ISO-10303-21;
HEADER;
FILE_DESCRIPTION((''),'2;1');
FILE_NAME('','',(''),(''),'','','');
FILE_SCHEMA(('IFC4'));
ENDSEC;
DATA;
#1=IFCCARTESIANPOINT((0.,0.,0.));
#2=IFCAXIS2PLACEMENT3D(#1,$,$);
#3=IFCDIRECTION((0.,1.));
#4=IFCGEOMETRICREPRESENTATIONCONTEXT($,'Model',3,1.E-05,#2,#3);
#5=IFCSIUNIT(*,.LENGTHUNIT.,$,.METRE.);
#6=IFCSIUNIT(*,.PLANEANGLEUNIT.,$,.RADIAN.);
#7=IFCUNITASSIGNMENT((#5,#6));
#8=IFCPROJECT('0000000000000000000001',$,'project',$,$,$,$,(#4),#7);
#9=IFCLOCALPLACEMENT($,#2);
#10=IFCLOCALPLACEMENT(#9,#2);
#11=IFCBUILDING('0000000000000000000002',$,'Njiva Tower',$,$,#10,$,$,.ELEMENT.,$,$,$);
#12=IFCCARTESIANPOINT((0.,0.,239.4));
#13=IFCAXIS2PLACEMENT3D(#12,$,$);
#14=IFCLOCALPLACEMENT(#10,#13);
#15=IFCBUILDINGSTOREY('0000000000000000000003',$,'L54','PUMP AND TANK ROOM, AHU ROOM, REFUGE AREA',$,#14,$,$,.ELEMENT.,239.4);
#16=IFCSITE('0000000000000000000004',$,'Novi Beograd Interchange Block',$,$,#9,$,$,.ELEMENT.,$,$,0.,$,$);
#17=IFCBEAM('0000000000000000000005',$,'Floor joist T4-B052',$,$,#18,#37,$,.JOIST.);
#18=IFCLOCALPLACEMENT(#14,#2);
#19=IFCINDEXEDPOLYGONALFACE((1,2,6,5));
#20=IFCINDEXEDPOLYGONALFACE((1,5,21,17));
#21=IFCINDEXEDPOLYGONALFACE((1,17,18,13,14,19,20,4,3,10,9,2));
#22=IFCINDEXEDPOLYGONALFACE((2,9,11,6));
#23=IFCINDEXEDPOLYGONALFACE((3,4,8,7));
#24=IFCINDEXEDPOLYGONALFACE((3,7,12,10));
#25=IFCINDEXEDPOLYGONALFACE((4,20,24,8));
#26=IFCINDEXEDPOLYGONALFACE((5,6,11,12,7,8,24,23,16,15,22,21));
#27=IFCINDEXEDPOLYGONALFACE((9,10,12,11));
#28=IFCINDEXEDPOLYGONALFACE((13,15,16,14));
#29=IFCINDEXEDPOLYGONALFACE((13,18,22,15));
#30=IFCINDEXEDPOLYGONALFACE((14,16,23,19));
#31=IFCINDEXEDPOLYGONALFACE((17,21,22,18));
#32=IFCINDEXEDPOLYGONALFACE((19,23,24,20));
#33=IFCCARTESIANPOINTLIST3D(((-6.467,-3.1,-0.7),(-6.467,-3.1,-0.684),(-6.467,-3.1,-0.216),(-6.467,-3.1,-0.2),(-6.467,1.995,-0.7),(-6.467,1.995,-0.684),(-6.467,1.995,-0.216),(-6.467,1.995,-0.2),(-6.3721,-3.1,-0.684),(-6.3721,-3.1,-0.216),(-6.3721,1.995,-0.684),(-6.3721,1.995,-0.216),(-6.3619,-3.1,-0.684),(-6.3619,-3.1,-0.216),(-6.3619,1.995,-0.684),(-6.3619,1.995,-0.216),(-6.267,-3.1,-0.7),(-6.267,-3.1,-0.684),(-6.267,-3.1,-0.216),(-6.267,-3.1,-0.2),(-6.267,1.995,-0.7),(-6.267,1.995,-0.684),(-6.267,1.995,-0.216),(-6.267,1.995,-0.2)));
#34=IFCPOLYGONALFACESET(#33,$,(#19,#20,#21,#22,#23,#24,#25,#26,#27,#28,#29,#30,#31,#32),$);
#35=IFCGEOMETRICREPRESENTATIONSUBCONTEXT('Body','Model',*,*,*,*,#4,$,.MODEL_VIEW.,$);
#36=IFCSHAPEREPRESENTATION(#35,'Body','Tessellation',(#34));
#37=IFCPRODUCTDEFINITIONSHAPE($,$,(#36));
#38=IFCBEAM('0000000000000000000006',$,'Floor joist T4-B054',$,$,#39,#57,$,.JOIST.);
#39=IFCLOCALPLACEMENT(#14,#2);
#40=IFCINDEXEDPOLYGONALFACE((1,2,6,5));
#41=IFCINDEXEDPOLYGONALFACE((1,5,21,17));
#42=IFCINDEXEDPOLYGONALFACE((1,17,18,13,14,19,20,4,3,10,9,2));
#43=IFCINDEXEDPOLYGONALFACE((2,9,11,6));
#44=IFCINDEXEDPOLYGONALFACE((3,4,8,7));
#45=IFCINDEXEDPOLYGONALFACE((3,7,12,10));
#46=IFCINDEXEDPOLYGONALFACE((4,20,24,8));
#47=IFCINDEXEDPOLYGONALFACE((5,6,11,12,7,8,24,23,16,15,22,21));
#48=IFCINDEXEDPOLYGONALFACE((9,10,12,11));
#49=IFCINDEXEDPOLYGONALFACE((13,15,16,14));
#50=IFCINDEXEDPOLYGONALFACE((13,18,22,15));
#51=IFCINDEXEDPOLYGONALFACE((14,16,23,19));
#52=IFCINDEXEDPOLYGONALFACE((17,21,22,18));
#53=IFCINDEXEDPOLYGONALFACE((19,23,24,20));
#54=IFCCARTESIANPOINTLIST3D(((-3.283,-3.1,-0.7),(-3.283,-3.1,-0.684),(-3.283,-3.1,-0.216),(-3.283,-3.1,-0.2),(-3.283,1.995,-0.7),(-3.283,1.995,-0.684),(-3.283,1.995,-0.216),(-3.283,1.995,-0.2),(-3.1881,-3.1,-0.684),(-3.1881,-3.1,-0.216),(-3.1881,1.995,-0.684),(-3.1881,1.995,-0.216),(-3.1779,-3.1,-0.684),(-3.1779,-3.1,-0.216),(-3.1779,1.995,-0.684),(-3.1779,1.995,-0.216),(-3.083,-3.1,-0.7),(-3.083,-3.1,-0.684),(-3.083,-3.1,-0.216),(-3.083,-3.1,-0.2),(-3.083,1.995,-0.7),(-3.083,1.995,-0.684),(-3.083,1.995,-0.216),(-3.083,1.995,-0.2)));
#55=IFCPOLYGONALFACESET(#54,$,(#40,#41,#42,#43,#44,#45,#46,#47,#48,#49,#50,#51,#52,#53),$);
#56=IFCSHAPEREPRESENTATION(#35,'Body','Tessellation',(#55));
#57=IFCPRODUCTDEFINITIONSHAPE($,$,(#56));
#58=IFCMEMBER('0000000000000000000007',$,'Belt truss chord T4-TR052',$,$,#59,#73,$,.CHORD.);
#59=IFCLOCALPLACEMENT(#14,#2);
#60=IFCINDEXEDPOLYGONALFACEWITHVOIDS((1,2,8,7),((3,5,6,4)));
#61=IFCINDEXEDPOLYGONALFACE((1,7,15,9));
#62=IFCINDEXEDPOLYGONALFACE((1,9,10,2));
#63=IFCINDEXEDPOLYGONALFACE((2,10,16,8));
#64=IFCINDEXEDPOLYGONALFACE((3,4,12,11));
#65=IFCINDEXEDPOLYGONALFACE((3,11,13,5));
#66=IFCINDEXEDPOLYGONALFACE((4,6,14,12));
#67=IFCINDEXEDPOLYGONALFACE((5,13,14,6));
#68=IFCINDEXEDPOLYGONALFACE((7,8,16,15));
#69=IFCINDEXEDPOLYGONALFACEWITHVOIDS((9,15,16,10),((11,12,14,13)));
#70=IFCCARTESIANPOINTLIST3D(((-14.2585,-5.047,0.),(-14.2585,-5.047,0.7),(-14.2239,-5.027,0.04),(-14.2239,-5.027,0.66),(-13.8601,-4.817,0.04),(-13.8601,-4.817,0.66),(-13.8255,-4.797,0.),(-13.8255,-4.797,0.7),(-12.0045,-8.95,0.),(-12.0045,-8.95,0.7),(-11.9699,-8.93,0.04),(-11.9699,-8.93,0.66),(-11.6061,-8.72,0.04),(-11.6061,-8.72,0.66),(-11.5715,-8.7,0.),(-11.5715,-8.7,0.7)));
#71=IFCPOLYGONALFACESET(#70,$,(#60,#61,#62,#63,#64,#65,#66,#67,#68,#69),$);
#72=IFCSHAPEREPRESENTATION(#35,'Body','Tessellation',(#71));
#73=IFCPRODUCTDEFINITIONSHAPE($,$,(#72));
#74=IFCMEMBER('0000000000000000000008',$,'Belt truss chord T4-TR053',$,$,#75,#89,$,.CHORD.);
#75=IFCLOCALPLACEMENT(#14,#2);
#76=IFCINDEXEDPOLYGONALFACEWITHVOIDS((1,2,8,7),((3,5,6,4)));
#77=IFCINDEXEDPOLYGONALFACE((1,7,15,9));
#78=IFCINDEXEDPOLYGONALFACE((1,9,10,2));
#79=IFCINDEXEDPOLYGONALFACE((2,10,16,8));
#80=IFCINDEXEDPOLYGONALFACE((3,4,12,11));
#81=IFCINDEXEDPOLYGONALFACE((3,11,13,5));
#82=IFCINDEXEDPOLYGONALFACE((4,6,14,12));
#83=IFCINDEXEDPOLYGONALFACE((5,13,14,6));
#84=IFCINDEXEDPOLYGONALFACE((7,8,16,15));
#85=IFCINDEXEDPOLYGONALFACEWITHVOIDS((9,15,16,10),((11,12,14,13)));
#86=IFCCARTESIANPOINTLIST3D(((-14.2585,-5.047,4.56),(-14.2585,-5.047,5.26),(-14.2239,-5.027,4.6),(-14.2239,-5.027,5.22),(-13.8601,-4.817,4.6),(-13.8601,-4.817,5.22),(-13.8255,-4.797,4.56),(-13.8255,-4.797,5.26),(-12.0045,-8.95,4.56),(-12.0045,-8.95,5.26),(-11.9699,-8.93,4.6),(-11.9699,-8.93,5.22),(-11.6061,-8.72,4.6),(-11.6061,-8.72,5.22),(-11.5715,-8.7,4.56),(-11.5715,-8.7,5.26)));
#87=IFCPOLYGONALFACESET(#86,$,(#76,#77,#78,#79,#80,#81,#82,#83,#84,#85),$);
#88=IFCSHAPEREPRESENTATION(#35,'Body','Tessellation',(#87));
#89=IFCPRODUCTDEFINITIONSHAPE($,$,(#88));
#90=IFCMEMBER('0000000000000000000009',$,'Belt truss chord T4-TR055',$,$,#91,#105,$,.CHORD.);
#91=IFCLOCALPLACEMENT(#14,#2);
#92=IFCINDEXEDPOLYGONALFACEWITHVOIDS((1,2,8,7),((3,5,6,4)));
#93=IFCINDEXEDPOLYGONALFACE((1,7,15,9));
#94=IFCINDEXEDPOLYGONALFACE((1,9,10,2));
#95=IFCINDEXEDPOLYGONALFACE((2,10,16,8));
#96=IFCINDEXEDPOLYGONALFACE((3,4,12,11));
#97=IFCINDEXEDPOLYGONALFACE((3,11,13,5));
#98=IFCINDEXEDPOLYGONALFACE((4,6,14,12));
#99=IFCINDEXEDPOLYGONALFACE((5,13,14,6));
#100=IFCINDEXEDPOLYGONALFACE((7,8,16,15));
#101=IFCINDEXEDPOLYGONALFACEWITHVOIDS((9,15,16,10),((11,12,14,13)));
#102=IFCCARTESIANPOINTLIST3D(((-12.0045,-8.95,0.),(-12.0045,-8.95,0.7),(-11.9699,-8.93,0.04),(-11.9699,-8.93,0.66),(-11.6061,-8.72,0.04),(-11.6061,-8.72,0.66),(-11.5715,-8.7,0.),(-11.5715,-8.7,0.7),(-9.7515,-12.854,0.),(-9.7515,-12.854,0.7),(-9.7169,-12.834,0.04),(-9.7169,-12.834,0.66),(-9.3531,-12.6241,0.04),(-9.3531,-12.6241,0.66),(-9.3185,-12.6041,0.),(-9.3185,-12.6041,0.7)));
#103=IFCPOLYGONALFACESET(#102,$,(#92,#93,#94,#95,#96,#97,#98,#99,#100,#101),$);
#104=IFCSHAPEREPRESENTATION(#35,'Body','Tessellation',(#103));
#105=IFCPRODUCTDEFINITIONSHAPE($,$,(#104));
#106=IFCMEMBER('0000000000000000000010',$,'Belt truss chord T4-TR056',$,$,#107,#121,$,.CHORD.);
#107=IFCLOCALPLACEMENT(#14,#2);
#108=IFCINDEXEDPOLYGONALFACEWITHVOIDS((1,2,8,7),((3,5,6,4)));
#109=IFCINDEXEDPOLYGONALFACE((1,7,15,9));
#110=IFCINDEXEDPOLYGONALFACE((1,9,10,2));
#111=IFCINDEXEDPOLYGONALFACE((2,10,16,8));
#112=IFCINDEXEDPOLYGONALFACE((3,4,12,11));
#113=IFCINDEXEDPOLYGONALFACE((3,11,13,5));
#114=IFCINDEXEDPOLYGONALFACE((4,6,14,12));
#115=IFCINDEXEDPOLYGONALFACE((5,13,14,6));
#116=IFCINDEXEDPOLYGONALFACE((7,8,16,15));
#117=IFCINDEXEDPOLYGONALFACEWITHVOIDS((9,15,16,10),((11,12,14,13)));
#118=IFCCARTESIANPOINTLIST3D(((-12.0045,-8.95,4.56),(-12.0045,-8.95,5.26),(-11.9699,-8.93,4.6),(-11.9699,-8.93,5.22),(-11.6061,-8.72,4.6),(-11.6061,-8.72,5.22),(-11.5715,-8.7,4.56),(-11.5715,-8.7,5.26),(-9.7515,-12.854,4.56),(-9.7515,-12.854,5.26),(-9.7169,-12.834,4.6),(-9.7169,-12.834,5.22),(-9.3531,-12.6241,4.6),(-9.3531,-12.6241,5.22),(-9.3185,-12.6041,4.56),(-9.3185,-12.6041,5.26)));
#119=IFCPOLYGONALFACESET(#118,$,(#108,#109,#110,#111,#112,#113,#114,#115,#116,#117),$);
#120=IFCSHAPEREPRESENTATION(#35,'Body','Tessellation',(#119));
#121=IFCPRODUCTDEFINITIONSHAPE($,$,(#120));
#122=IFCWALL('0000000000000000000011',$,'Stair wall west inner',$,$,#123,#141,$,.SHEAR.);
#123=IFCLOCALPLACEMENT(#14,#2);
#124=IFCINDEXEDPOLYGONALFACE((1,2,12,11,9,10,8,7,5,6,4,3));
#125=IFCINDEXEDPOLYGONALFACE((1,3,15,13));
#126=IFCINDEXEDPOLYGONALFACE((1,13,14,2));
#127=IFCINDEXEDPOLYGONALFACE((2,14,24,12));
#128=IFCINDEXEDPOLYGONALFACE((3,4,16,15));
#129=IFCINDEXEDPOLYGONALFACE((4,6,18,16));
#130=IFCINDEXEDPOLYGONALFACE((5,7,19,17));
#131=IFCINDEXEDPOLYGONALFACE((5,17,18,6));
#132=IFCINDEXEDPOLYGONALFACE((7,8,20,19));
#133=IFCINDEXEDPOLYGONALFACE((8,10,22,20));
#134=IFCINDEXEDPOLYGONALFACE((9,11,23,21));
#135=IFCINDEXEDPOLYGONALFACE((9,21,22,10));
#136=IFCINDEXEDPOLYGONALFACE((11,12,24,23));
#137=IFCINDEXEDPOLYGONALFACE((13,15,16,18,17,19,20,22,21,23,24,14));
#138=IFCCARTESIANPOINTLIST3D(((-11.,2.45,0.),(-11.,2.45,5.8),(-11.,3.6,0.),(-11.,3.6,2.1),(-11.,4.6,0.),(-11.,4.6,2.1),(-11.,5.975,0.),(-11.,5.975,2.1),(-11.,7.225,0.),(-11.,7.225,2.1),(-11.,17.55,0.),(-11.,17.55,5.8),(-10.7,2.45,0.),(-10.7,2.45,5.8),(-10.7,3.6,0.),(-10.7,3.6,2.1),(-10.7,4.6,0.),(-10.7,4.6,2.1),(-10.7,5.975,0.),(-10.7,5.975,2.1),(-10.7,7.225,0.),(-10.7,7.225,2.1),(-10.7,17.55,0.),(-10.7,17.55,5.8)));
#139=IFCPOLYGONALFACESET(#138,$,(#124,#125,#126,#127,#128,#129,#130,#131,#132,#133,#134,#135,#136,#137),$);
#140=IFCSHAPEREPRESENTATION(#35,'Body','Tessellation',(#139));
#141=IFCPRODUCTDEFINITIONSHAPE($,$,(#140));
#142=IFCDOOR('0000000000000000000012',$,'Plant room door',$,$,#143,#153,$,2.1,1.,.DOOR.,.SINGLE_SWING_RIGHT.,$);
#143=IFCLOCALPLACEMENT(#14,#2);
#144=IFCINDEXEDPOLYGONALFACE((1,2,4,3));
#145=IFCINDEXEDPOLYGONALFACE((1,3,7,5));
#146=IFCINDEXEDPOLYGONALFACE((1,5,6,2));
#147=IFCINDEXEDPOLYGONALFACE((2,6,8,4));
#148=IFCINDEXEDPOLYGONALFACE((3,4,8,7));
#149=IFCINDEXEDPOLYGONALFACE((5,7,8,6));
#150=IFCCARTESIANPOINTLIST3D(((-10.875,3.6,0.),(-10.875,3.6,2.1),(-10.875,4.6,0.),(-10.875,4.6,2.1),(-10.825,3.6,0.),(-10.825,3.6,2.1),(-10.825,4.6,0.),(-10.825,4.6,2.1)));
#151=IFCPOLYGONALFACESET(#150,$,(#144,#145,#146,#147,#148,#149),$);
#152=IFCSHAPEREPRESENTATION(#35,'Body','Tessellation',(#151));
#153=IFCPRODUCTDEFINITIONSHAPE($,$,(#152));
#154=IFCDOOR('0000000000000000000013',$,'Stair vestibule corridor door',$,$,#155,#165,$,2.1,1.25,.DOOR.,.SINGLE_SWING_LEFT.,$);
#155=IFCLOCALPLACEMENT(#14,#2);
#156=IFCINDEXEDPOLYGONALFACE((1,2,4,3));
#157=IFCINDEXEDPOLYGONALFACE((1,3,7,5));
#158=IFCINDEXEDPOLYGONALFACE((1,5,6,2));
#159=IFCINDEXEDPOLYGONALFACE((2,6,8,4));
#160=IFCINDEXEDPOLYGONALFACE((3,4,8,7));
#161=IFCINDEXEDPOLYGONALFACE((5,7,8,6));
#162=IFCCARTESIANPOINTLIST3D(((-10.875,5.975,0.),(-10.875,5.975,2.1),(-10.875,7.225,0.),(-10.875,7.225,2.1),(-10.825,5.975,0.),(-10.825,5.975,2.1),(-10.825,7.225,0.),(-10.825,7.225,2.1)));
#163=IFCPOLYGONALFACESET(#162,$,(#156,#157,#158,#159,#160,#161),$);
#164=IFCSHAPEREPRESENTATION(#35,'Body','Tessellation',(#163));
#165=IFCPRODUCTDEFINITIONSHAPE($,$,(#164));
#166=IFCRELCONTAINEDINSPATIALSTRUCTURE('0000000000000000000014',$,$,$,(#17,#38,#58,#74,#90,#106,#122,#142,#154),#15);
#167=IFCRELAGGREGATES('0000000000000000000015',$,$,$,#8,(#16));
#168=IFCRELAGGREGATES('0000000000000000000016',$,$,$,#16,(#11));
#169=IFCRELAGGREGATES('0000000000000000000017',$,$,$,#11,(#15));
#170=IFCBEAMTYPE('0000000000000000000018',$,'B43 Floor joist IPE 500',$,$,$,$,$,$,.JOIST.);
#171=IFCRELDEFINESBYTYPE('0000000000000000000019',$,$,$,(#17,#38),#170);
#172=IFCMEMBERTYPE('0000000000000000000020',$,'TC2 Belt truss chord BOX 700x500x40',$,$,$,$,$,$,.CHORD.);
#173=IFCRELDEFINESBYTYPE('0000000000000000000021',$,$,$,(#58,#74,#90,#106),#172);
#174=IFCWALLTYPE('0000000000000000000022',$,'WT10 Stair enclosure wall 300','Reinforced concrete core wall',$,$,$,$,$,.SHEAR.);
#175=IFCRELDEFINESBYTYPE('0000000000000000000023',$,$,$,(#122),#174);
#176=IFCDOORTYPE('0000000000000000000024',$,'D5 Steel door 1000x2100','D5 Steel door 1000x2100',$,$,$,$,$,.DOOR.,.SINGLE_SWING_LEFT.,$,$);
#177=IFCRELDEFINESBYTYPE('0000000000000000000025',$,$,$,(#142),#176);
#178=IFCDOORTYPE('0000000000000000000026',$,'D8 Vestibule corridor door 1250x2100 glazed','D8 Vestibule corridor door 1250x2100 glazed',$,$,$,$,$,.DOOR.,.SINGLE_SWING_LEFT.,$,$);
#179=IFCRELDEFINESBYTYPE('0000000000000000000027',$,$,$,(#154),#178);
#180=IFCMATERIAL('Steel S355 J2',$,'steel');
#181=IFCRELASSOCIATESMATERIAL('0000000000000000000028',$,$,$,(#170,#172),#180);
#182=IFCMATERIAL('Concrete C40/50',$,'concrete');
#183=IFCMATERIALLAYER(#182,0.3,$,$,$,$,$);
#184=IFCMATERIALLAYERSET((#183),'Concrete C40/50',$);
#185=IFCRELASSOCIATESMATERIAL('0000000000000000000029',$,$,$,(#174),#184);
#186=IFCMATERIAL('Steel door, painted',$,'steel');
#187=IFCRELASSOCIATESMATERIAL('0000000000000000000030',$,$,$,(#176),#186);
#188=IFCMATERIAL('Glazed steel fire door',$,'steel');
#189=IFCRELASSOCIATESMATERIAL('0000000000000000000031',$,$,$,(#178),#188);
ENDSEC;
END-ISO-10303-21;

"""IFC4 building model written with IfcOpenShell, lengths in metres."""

from ifc_helpers import new_model, si_unit, direction, frame, frame_2d, origin, origin_2d, place, context, subcontext, project, spatial, rectangle, hollow_rectangle, i_section, extrude, material, layer, layer_set, material_profile, profile_set, type_object, element, fill, save


model = new_model("IFC4")

# Units and contexts
model_context = context("Model", 3, precision=1e-05, world=origin(), true_north=direction((0.0, 1.0)))
body_context = subcontext(model_context, "Body", "Model", "MODEL_VIEW")
ifc_project = project(units=[si_unit("LENGTHUNIT", "METRE"), si_unit("PLANEANGLEUNIT", "RADIAN")], contexts=[model_context])

# Site, building, storey
site_placement = place(None, origin())
site = spatial("IfcSite", under=ifc_project, at=site_placement, Name="Novi Beograd Interchange Block", CompositionType="ELEMENT", RefElevation=0.0)
building_placement = place(site_placement, origin())
building = spatial("IfcBuilding", under=site, at=building_placement, Name="Njiva Tower", CompositionType="ELEMENT")
storey_placement = place(building_placement, frame((0.0, 0.0, 239.4)))
storey = spatial("IfcBuildingStorey", under=building, at=storey_placement, Name="L54", Description="PUMP AND TANK ROOM, AHU ROOM, REFUGE AREA", CompositionType="ELEMENT", Elevation=239.4)

# Shared definitions
ifc_material_1 = material(Name="Steel S355 J2", Category="steel")

# Beams
ifc_material_profile_1 = material_profile(ifc_material_1, i_section(OverallWidth=0.2, OverallDepth=0.5, WebThickness=0.0102, FlangeThickness=0.016, at=origin_2d()), Name="IPE 500")
ifc_profile_set_1 = profile_set([ifc_material_profile_1], Name="Steel S355 J2")
beam_type_1 = type_object("IfcBeamType", Name="B43 Floor joist IPE 500", PredefinedType="JOIST", material=ifc_profile_set_1)
for number, where, z_axis, x_axis, name in (
    (1, (-6.367, 1.995, -0.45), (0.0, -1.0, 0.0), (1.0, 0.0, 0.0), "Floor joist T4-B052"),
    (2, (-3.183, 1.995, -0.45), (0.0, -1.0, 0.0), (1.0, 0.0, 0.0), "Floor joist T4-B054"),
):
    element("IfcBeam", number, at=place(storey_placement, frame(where, z_axis=z_axis, x_axis=x_axis)), inside=storey, type_object=beam_type_1, Name=name, PredefinedType="JOIST", context=body_context, shape_type="SweptSolid", body=[
        extrude(i_section(OverallWidth=0.2, OverallDepth=0.5, WebThickness=0.0102, FlangeThickness=0.016, at=origin_2d()), origin(), (0.0, 0.0, 1.0), 5.095),
    ])

# Members
ifc_material_profile_2 = material_profile(ifc_material_1, hollow_rectangle(XDim=0.5, YDim=0.7, WallThickness=0.04, at=origin_2d()), Name="BOX 700x500x40")
ifc_profile_set_2 = profile_set([ifc_material_profile_2], Name="Steel S355 J2")
member_type_1 = type_object("IfcMemberType", Name="TC2 Belt truss chord BOX 700x500x40", PredefinedType="CHORD", material=ifc_profile_set_2)
for number, where, z_axis, x_axis, name in (
    (3, (-14.042, -4.922, 0.35), (0.5001, -0.865968, 0.0), (0.865968, 0.5001, 0.0), "Belt truss chord T4-TR052"),
    (4, (-14.042, -4.922, 4.91), (0.5001, -0.865968, 0.0), (0.865968, 0.5001, 0.0), "Belt truss chord T4-TR053"),
):
    element("IfcMember", number, at=place(storey_placement, frame(where, z_axis=z_axis, x_axis=x_axis)), inside=storey, type_object=member_type_1, Name=name, PredefinedType="CHORD", context=body_context, shape_type="SweptSolid", body=[
        extrude(hollow_rectangle(XDim=0.5, YDim=0.7, WallThickness=0.04, at=origin_2d()), origin(), (0.0, 0.0, 1.0), 4.5071),
    ])
for number, where, z_axis, x_axis, name in (
    (5, (-11.788, -8.825, 0.35), (0.499838, -0.866119, 0.0), (0.866119, 0.499838, 0.0), "Belt truss chord T4-TR055"),
    (6, (-11.788, -8.825, 4.91), (0.499838, -0.866119, 0.0), (0.866119, 0.499838, 0.0), "Belt truss chord T4-TR056"),
):
    element("IfcMember", number, at=place(storey_placement, frame(where, z_axis=z_axis, x_axis=x_axis)), inside=storey, type_object=member_type_1, Name=name, PredefinedType="CHORD", context=body_context, shape_type="SweptSolid", body=[
        extrude(hollow_rectangle(XDim=0.5, YDim=0.7, WallThickness=0.04, at=origin_2d()), origin(), (0.0, 0.0, 1.0), 4.5075),
    ])

# Wall, openings, doors
ifc_material_2 = material(Name="Concrete C40/50", Category="concrete")
ifc_layer_1 = layer(ifc_material_2, 0.3)
ifc_layer_set_1 = layer_set([ifc_layer_1], Name="Concrete C40/50")
wall_type_1 = type_object("IfcWallType", Name="WT10 Stair enclosure wall 300", Description="Reinforced concrete core wall", PredefinedType="SHEAR", material=ifc_layer_set_1)
wall_1_placement = place(storey_placement, frame((-10.85, 2.45, 0.0), z_axis=(0.0, 0.0, 1.0), x_axis=(0.0, 1.0, 0.0)))
wall_1 = element("IfcWall", 7, at=wall_1_placement, inside=storey, type_object=wall_type_1, Name="Stair wall west inner", PredefinedType="SHEAR", context=body_context, shape_type="SweptSolid", body=[
    extrude(rectangle(XDim=15.1, YDim=0.3, at=frame_2d((7.55, 0.0))), origin(), (0.0, 0.0, 1.0), 5.8),
])
opening_1_placement = place(wall_1_placement, frame((3.525, 0.0, 0.0)))
opening_1 = element("IfcOpeningElement", 8, at=opening_1_placement, cuts=wall_1, PredefinedType="OPENING", context=body_context, shape_type="SweptSolid", body=[
    extrude(rectangle(XDim=1.25, YDim=2.1, at=frame_2d((0.625, 1.05))), frame((0.0, 0.16, 0.0), z_axis=(0.0, -1.0, 0.0), x_axis=(1.0, 0.0, 0.0)), (0.0, 0.0, 1.0), 0.32),
])
opening_2_placement = place(wall_1_placement, frame((1.15, 0.0, 0.0)))
opening_2 = element("IfcOpeningElement", 9, at=opening_2_placement, cuts=wall_1, PredefinedType="OPENING", context=body_context, shape_type="SweptSolid", body=[
    extrude(rectangle(XDim=1.0, YDim=2.1, at=frame_2d((0.5, 1.05))), frame((0.0, 0.16, 0.0), z_axis=(0.0, -1.0, 0.0), x_axis=(1.0, 0.0, 0.0)), (0.0, 0.0, 1.0), 0.32),
])
ifc_material_3 = material(Name="Steel door, painted", Category="steel")
door_type_1 = type_object("IfcDoorType", Name="D5 Steel door 1000x2100", Description="D5 Steel door 1000x2100", OperationType="SINGLE_SWING_LEFT", PredefinedType="DOOR", material=ifc_material_3)
door_1_placement = place(opening_2_placement, origin())
door_1 = element("IfcDoor", 10, at=door_1_placement, inside=storey, type_object=door_type_1, Name="Plant room door", OperationType="SINGLE_SWING_RIGHT", OverallHeight=2.1, OverallWidth=1.0, PredefinedType="DOOR", context=body_context, shape_type="SweptSolid", body=[
    extrude(rectangle(XDim=1.0, YDim=2.1, at=frame_2d((0.5, 1.05))), frame((0.0, 0.025, 0.0), z_axis=(0.0, -1.0, 0.0), x_axis=(1.0, 0.0, 0.0)), (0.0, 0.0, 1.0), 0.05),
])
fill(opening_2, door_1)
ifc_material_4 = material(Name="Glazed steel fire door", Category="steel")
door_type_2 = type_object("IfcDoorType", Name="D8 Vestibule corridor door 1250x2100 glazed", Description="D8 Vestibule corridor door 1250x2100 glazed", OperationType="SINGLE_SWING_LEFT", PredefinedType="DOOR", material=ifc_material_4)
door_2_placement = place(opening_1_placement, origin())
door_2 = element("IfcDoor", 11, at=door_2_placement, inside=storey, type_object=door_type_2, Name="Stair vestibule corridor door", OperationType="SINGLE_SWING_LEFT", OverallHeight=2.1, OverallWidth=1.25, PredefinedType="DOOR", context=body_context, shape_type="SweptSolid", body=[
    extrude(rectangle(XDim=1.25, YDim=2.1, at=frame_2d((0.625, 1.05))), frame((0.0, 0.025, 0.0), z_axis=(0.0, -1.0, 0.0), x_axis=(1.0, 0.0, 0.0)), (0.0, 0.0, 1.0), 0.05),
])
fill(opening_1, door_2)

save(model, "model.ifc")
